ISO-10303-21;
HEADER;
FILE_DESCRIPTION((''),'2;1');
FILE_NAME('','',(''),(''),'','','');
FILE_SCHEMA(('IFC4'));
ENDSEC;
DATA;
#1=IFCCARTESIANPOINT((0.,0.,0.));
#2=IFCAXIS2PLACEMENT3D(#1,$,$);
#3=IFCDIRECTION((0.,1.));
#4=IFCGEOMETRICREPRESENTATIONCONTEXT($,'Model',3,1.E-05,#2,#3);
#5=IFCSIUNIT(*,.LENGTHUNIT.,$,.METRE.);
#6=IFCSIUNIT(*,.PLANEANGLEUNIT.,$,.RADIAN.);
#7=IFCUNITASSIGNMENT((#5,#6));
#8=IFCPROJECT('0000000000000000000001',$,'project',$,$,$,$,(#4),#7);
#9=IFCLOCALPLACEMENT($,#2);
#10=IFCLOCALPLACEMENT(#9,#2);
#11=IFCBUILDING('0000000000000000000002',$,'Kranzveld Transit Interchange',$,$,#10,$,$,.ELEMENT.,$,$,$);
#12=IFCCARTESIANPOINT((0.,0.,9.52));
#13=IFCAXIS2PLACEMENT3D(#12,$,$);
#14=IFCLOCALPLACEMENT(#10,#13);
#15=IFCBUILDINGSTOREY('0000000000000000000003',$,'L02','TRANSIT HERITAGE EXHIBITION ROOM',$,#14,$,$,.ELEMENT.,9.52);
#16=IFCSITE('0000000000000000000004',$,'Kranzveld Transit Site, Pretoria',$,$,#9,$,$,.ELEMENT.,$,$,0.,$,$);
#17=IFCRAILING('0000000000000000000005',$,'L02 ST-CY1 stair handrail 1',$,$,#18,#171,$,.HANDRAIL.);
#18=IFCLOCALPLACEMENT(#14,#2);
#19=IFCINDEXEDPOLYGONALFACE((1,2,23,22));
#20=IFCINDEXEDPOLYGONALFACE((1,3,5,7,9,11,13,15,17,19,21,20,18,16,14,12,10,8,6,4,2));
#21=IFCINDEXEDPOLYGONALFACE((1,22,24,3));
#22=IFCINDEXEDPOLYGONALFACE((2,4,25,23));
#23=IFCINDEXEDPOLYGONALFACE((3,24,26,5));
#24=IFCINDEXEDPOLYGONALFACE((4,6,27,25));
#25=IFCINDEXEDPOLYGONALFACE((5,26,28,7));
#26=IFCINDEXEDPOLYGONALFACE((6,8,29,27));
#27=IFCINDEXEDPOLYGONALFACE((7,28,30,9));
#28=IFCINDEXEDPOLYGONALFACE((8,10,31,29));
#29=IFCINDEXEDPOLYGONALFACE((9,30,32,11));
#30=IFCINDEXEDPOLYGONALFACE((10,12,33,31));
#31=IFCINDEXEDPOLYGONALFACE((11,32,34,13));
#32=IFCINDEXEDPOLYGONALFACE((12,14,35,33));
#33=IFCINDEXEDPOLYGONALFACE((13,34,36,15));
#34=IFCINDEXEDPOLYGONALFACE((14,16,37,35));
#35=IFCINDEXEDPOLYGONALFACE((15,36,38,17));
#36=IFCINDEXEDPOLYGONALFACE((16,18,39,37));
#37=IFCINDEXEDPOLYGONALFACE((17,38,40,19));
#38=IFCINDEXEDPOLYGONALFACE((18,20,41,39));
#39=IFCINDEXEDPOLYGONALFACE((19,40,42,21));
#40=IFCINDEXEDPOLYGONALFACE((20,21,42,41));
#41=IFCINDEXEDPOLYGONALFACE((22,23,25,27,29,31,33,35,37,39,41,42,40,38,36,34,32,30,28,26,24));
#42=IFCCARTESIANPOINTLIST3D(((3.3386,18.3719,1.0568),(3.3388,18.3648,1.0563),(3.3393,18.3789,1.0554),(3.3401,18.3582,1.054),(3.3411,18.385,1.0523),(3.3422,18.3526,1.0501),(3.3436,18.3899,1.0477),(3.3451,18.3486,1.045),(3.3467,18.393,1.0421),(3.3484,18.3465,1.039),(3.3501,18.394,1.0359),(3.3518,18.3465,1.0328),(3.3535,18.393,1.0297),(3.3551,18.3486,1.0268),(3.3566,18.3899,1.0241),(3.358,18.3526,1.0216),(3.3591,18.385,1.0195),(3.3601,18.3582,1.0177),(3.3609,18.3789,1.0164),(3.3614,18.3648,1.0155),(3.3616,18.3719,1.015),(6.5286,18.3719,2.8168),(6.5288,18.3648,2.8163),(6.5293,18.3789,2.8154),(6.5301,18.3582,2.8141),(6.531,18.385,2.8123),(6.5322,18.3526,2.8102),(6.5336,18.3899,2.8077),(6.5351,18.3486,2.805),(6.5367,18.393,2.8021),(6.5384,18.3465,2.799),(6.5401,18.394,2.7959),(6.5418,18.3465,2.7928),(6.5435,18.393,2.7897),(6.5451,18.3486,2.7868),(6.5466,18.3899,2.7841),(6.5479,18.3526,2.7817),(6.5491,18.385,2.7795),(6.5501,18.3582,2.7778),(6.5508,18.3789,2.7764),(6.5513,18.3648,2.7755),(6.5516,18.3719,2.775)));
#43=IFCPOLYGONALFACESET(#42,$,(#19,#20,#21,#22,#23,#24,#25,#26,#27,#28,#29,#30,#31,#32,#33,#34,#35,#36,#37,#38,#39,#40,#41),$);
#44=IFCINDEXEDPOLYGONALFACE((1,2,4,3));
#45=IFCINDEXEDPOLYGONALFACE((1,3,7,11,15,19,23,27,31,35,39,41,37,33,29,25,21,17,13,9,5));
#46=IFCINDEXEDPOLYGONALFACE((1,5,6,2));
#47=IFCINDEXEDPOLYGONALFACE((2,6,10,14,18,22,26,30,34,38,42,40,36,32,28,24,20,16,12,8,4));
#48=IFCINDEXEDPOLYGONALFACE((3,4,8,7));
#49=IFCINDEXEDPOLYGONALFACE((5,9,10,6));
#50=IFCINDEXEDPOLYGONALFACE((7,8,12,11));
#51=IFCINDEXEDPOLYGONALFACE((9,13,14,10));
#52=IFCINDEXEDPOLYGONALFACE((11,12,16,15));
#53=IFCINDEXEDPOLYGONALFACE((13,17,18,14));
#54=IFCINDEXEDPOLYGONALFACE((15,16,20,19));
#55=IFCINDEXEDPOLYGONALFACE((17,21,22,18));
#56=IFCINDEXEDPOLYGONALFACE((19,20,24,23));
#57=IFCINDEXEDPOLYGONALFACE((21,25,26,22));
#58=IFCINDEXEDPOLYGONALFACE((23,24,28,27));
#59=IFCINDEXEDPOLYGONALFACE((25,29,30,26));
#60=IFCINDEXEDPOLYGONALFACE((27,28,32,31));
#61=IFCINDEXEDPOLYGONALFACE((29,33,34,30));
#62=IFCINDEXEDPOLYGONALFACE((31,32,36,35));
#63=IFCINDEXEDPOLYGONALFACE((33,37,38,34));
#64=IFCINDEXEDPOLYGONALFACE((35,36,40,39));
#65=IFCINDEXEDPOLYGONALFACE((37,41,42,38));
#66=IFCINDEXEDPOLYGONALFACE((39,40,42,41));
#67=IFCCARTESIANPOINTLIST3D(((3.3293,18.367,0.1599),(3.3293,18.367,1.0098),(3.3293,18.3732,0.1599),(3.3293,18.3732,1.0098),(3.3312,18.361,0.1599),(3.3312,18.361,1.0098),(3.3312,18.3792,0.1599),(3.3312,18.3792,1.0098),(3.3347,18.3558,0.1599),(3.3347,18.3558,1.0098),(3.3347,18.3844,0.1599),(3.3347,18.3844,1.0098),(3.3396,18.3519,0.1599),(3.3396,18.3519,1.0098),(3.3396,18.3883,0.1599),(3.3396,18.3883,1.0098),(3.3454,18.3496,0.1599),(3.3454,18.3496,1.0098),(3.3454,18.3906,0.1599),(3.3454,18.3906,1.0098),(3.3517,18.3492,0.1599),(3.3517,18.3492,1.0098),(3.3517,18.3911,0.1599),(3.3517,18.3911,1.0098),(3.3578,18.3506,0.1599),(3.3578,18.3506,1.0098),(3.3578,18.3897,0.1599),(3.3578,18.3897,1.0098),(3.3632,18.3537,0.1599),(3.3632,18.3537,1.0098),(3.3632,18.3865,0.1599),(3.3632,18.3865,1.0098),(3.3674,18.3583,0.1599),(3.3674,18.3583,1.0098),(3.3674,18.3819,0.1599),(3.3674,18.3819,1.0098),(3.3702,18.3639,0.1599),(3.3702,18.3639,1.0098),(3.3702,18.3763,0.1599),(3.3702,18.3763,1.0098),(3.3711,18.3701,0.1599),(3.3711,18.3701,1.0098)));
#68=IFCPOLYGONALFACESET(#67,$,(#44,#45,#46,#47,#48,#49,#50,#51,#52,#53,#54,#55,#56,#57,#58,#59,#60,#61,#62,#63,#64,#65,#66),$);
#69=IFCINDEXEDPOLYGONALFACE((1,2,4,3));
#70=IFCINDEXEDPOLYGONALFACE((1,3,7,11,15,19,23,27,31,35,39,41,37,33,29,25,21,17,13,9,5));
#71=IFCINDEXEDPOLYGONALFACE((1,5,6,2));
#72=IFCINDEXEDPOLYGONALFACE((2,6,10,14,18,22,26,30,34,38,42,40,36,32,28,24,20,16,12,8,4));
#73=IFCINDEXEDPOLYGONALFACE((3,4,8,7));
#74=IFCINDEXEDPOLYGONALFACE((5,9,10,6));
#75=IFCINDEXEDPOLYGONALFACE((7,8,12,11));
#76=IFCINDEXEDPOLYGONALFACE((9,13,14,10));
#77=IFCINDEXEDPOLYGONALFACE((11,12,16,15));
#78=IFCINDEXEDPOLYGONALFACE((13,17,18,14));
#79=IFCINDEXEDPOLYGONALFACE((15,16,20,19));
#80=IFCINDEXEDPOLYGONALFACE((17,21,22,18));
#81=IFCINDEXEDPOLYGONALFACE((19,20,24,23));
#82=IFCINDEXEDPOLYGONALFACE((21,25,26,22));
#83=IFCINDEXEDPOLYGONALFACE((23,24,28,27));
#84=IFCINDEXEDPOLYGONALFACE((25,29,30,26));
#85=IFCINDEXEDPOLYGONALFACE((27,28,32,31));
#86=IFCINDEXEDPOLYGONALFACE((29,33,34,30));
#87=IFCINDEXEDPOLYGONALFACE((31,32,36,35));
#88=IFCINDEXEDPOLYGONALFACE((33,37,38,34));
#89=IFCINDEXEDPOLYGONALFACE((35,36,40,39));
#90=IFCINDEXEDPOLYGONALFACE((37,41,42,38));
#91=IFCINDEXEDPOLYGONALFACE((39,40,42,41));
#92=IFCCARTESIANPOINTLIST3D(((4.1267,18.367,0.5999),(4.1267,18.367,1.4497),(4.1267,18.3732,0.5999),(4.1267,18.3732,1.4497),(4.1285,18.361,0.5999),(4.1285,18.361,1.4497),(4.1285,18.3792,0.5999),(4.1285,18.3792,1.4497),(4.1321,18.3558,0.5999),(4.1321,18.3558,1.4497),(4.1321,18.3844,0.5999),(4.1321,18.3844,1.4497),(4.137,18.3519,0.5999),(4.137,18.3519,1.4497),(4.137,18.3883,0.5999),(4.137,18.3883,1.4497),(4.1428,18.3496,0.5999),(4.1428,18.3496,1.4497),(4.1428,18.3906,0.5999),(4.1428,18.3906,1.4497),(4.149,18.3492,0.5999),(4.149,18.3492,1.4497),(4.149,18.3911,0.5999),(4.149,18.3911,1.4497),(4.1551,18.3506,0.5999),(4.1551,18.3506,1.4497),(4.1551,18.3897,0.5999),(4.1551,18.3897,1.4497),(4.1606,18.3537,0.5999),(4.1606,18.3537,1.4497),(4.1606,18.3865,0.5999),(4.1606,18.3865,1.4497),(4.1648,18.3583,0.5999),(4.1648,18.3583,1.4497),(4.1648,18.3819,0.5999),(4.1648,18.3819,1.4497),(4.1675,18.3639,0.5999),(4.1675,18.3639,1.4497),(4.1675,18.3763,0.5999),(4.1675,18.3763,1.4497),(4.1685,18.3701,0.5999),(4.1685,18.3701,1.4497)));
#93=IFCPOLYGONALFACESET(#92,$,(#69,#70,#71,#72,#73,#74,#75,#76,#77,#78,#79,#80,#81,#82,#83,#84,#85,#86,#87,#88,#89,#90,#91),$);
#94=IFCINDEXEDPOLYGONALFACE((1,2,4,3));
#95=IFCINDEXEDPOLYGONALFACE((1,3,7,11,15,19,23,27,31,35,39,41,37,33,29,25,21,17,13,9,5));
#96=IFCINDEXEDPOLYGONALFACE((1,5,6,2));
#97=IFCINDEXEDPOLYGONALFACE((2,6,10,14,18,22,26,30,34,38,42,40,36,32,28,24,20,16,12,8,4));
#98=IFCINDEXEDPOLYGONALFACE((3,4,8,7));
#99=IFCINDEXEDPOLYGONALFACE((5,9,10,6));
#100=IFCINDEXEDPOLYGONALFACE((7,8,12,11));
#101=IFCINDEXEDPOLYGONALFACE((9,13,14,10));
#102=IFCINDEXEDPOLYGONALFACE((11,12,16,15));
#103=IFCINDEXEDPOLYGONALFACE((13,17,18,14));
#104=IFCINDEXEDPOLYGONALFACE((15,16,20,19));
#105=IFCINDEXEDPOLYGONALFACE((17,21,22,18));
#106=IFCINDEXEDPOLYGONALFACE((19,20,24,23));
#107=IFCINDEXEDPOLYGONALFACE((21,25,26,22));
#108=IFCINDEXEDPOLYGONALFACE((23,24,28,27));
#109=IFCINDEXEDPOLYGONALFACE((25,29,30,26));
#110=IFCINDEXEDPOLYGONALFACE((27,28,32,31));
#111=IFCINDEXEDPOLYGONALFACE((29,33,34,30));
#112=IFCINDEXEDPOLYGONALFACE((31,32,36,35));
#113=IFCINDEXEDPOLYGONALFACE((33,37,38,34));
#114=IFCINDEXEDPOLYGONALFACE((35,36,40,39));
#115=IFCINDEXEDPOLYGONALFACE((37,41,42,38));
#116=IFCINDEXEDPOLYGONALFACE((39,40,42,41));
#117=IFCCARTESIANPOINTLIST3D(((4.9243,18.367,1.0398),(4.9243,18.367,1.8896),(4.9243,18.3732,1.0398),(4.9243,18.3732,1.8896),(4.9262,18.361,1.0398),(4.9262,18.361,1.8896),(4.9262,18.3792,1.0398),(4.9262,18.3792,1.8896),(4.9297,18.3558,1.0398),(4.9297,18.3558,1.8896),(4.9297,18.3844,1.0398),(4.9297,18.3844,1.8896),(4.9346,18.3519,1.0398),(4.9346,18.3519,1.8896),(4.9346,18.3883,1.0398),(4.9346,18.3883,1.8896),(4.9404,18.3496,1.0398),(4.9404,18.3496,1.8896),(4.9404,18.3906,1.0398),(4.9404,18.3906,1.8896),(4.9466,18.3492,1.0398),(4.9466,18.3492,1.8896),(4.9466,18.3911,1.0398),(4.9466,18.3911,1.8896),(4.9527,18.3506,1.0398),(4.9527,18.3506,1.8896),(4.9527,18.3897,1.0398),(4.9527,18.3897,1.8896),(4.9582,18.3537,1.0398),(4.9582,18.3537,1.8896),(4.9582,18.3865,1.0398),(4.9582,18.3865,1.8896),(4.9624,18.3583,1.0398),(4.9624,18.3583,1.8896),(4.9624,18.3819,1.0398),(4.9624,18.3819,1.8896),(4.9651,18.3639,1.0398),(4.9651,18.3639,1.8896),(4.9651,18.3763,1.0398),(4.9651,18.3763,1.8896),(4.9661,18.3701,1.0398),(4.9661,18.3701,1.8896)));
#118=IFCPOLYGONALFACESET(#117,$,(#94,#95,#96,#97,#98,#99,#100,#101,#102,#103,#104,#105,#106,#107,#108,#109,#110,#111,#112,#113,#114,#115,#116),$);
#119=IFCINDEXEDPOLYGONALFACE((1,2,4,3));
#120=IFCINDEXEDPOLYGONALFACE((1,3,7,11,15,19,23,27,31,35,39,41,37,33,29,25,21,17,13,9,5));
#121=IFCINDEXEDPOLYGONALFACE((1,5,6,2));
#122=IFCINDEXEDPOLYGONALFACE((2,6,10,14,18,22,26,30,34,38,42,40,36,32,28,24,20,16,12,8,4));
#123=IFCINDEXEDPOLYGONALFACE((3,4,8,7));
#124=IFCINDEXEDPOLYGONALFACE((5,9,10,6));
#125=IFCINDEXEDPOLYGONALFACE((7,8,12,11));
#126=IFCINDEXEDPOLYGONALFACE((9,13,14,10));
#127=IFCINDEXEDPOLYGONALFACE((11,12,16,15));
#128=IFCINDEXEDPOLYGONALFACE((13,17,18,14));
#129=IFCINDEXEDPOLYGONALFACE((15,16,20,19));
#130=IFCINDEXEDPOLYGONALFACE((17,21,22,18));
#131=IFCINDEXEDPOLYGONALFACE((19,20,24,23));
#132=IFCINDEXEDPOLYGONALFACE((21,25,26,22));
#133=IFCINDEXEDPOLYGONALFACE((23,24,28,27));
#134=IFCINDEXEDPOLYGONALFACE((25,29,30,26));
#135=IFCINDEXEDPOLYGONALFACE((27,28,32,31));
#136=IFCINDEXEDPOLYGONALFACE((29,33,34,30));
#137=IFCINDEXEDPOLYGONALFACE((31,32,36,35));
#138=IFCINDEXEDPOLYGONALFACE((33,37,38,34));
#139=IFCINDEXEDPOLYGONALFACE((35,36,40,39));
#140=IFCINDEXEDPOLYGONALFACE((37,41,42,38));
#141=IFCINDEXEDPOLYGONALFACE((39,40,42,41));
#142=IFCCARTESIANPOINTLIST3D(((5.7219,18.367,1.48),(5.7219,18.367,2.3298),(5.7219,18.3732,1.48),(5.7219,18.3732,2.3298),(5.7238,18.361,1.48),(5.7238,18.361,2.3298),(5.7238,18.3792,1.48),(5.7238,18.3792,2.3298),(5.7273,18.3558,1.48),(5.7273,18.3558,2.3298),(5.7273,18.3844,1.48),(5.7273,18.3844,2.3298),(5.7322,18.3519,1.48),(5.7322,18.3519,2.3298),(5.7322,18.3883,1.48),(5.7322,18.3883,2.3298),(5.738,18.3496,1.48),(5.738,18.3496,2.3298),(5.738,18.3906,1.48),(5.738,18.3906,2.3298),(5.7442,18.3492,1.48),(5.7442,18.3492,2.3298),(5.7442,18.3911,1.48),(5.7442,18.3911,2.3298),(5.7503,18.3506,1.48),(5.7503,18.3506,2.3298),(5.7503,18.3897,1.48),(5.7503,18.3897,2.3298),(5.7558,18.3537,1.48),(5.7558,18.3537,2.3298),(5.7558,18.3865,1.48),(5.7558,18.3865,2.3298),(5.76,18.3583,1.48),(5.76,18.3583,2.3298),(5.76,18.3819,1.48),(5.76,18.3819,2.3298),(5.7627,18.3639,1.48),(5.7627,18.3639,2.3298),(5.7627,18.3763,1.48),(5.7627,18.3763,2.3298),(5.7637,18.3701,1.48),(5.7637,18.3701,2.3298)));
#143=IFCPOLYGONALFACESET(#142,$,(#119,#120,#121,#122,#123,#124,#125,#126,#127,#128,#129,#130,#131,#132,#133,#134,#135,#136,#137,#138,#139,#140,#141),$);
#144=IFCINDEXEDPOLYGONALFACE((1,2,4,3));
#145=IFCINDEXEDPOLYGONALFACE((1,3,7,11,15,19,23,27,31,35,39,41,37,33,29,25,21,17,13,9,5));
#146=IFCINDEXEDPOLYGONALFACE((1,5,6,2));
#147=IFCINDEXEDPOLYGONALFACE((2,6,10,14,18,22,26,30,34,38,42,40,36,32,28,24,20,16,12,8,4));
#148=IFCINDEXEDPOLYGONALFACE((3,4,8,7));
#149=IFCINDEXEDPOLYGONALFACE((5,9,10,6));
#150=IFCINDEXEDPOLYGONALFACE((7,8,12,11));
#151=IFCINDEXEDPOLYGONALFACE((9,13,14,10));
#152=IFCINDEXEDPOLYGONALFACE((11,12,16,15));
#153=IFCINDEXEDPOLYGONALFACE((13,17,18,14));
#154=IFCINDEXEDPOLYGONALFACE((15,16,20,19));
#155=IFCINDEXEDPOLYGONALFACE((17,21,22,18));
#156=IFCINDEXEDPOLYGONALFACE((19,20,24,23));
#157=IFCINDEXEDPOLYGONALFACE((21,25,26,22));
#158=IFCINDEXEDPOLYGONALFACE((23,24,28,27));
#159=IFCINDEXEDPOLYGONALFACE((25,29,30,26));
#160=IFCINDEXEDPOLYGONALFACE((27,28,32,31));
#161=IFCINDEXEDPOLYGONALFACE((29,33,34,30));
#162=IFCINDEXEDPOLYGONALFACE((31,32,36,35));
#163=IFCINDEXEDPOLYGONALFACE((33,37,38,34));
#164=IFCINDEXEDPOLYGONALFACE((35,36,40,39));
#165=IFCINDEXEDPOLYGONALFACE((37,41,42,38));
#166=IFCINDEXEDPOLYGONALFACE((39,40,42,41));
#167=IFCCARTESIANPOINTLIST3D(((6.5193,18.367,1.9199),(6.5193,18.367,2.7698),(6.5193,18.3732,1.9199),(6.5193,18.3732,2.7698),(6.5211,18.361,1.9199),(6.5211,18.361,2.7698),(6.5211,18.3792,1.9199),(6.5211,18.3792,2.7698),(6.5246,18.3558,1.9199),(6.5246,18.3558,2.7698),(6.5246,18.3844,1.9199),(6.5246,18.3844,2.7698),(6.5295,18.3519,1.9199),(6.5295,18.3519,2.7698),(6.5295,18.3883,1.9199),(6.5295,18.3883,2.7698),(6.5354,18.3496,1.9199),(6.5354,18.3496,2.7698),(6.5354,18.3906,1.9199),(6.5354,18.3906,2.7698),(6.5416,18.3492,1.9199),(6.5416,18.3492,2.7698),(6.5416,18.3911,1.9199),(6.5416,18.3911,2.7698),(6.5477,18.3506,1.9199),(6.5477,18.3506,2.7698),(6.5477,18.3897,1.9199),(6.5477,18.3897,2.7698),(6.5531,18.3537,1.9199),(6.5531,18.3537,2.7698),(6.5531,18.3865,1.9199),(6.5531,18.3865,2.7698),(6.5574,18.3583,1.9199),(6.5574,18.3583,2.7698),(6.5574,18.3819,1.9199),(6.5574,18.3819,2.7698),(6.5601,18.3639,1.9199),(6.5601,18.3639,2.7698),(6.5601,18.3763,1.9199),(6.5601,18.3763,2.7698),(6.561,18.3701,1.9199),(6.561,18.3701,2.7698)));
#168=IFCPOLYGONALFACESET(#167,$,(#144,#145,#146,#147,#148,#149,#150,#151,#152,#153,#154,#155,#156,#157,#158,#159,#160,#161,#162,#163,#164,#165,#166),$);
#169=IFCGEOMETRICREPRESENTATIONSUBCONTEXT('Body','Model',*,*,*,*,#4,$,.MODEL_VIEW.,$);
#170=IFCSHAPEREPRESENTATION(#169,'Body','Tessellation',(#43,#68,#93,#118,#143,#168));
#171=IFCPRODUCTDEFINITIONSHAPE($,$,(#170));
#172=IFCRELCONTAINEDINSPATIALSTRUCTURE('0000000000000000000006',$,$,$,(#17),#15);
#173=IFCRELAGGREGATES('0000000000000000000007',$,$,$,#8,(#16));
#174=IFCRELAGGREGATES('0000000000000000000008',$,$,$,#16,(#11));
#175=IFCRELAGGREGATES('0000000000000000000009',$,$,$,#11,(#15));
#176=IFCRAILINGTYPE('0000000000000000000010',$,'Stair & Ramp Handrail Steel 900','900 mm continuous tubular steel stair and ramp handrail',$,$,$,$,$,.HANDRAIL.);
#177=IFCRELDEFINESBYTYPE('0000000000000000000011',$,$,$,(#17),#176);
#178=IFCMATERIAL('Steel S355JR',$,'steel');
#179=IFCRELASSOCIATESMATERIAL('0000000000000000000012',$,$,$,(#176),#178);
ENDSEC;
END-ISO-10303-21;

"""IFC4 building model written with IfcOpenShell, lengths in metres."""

from ifc_helpers import new_model, si_unit, direction, frame, origin, origin_2d, place, context, subcontext, project, spatial, circle, extrude, material, type_object, element, save


model = new_model("IFC4")

# Units and contexts
model_context = context("Model", 3, precision=1e-05, world=origin(), true_north=direction((0.0, 1.0)))
body_context = subcontext(model_context, "Body", "Model", "MODEL_VIEW")
ifc_project = project(units=[si_unit("LENGTHUNIT", "METRE"), si_unit("PLANEANGLEUNIT", "RADIAN")], contexts=[model_context])

# Site, building, storey
site_placement = place(None, origin())
site = spatial("IfcSite", under=ifc_project, at=site_placement, Name="Kranzveld Transit Site, Pretoria", CompositionType="ELEMENT", RefElevation=0.0)
building_placement = place(site_placement, origin())
building = spatial("IfcBuilding", under=site, at=building_placement, Name="Kranzveld Transit Interchange", CompositionType="ELEMENT")
storey_placement = place(building_placement, frame((0.0, 0.0, 9.52)))
storey = spatial("IfcBuildingStorey", under=building, at=storey_placement, Name="L02", Description="TRANSIT HERITAGE EXHIBITION ROOM", CompositionType="ELEMENT", Elevation=9.52)

# Railing
ifc_material_1 = material(Name="Steel S355JR", Category="steel")
railing_type_1 = type_object("IfcRailingType", Name="Stair & Ramp Handrail Steel 900", Description="900 mm continuous tubular steel stair and ramp handrail", PredefinedType="HANDRAIL", material=ifc_material_1)
railing_1_placement = place(storey_placement, frame((3.3501, 18.3701, 0.1599)))
element("IfcRailing", 1, at=railing_1_placement, inside=storey, type_object=railing_type_1, Name="L02 ST-CY1 stair handrail 1", PredefinedType="HANDRAIL", context=body_context, shape_type="SweptSolid", body=[
    extrude(circle(Radius=0.0239, at=origin_2d()), frame((0.0, 0.0, 0.876), z_axis=(0.875573, 0.0, 0.483086), x_axis=(0.0, 1.0, 0.0)), (0.0, 0.0, 1.0), 3.6433),
    extrude(circle(Radius=0.021, at=origin_2d()), origin(), (0.0, 0.0, 1.0), 0.8499),
    extrude(circle(Radius=0.021, at=origin_2d()), frame((0.7974, 0.0, 0.4399)), (0.0, 0.0, 1.0), 0.8499),
    extrude(circle(Radius=0.021, at=origin_2d()), frame((1.595, 0.0, 0.8799)), (0.0, 0.0, 1.0), 0.8499),
    extrude(circle(Radius=0.021, at=origin_2d()), frame((2.3926, 0.0, 1.3201)), (0.0, 0.0, 1.0), 0.8499),
    extrude(circle(Radius=0.021, at=origin_2d()), frame((3.1899, 0.0, 1.76)), (0.0, 0.0, 1.0), 0.8499),
])

save(model, "model.ifc")
